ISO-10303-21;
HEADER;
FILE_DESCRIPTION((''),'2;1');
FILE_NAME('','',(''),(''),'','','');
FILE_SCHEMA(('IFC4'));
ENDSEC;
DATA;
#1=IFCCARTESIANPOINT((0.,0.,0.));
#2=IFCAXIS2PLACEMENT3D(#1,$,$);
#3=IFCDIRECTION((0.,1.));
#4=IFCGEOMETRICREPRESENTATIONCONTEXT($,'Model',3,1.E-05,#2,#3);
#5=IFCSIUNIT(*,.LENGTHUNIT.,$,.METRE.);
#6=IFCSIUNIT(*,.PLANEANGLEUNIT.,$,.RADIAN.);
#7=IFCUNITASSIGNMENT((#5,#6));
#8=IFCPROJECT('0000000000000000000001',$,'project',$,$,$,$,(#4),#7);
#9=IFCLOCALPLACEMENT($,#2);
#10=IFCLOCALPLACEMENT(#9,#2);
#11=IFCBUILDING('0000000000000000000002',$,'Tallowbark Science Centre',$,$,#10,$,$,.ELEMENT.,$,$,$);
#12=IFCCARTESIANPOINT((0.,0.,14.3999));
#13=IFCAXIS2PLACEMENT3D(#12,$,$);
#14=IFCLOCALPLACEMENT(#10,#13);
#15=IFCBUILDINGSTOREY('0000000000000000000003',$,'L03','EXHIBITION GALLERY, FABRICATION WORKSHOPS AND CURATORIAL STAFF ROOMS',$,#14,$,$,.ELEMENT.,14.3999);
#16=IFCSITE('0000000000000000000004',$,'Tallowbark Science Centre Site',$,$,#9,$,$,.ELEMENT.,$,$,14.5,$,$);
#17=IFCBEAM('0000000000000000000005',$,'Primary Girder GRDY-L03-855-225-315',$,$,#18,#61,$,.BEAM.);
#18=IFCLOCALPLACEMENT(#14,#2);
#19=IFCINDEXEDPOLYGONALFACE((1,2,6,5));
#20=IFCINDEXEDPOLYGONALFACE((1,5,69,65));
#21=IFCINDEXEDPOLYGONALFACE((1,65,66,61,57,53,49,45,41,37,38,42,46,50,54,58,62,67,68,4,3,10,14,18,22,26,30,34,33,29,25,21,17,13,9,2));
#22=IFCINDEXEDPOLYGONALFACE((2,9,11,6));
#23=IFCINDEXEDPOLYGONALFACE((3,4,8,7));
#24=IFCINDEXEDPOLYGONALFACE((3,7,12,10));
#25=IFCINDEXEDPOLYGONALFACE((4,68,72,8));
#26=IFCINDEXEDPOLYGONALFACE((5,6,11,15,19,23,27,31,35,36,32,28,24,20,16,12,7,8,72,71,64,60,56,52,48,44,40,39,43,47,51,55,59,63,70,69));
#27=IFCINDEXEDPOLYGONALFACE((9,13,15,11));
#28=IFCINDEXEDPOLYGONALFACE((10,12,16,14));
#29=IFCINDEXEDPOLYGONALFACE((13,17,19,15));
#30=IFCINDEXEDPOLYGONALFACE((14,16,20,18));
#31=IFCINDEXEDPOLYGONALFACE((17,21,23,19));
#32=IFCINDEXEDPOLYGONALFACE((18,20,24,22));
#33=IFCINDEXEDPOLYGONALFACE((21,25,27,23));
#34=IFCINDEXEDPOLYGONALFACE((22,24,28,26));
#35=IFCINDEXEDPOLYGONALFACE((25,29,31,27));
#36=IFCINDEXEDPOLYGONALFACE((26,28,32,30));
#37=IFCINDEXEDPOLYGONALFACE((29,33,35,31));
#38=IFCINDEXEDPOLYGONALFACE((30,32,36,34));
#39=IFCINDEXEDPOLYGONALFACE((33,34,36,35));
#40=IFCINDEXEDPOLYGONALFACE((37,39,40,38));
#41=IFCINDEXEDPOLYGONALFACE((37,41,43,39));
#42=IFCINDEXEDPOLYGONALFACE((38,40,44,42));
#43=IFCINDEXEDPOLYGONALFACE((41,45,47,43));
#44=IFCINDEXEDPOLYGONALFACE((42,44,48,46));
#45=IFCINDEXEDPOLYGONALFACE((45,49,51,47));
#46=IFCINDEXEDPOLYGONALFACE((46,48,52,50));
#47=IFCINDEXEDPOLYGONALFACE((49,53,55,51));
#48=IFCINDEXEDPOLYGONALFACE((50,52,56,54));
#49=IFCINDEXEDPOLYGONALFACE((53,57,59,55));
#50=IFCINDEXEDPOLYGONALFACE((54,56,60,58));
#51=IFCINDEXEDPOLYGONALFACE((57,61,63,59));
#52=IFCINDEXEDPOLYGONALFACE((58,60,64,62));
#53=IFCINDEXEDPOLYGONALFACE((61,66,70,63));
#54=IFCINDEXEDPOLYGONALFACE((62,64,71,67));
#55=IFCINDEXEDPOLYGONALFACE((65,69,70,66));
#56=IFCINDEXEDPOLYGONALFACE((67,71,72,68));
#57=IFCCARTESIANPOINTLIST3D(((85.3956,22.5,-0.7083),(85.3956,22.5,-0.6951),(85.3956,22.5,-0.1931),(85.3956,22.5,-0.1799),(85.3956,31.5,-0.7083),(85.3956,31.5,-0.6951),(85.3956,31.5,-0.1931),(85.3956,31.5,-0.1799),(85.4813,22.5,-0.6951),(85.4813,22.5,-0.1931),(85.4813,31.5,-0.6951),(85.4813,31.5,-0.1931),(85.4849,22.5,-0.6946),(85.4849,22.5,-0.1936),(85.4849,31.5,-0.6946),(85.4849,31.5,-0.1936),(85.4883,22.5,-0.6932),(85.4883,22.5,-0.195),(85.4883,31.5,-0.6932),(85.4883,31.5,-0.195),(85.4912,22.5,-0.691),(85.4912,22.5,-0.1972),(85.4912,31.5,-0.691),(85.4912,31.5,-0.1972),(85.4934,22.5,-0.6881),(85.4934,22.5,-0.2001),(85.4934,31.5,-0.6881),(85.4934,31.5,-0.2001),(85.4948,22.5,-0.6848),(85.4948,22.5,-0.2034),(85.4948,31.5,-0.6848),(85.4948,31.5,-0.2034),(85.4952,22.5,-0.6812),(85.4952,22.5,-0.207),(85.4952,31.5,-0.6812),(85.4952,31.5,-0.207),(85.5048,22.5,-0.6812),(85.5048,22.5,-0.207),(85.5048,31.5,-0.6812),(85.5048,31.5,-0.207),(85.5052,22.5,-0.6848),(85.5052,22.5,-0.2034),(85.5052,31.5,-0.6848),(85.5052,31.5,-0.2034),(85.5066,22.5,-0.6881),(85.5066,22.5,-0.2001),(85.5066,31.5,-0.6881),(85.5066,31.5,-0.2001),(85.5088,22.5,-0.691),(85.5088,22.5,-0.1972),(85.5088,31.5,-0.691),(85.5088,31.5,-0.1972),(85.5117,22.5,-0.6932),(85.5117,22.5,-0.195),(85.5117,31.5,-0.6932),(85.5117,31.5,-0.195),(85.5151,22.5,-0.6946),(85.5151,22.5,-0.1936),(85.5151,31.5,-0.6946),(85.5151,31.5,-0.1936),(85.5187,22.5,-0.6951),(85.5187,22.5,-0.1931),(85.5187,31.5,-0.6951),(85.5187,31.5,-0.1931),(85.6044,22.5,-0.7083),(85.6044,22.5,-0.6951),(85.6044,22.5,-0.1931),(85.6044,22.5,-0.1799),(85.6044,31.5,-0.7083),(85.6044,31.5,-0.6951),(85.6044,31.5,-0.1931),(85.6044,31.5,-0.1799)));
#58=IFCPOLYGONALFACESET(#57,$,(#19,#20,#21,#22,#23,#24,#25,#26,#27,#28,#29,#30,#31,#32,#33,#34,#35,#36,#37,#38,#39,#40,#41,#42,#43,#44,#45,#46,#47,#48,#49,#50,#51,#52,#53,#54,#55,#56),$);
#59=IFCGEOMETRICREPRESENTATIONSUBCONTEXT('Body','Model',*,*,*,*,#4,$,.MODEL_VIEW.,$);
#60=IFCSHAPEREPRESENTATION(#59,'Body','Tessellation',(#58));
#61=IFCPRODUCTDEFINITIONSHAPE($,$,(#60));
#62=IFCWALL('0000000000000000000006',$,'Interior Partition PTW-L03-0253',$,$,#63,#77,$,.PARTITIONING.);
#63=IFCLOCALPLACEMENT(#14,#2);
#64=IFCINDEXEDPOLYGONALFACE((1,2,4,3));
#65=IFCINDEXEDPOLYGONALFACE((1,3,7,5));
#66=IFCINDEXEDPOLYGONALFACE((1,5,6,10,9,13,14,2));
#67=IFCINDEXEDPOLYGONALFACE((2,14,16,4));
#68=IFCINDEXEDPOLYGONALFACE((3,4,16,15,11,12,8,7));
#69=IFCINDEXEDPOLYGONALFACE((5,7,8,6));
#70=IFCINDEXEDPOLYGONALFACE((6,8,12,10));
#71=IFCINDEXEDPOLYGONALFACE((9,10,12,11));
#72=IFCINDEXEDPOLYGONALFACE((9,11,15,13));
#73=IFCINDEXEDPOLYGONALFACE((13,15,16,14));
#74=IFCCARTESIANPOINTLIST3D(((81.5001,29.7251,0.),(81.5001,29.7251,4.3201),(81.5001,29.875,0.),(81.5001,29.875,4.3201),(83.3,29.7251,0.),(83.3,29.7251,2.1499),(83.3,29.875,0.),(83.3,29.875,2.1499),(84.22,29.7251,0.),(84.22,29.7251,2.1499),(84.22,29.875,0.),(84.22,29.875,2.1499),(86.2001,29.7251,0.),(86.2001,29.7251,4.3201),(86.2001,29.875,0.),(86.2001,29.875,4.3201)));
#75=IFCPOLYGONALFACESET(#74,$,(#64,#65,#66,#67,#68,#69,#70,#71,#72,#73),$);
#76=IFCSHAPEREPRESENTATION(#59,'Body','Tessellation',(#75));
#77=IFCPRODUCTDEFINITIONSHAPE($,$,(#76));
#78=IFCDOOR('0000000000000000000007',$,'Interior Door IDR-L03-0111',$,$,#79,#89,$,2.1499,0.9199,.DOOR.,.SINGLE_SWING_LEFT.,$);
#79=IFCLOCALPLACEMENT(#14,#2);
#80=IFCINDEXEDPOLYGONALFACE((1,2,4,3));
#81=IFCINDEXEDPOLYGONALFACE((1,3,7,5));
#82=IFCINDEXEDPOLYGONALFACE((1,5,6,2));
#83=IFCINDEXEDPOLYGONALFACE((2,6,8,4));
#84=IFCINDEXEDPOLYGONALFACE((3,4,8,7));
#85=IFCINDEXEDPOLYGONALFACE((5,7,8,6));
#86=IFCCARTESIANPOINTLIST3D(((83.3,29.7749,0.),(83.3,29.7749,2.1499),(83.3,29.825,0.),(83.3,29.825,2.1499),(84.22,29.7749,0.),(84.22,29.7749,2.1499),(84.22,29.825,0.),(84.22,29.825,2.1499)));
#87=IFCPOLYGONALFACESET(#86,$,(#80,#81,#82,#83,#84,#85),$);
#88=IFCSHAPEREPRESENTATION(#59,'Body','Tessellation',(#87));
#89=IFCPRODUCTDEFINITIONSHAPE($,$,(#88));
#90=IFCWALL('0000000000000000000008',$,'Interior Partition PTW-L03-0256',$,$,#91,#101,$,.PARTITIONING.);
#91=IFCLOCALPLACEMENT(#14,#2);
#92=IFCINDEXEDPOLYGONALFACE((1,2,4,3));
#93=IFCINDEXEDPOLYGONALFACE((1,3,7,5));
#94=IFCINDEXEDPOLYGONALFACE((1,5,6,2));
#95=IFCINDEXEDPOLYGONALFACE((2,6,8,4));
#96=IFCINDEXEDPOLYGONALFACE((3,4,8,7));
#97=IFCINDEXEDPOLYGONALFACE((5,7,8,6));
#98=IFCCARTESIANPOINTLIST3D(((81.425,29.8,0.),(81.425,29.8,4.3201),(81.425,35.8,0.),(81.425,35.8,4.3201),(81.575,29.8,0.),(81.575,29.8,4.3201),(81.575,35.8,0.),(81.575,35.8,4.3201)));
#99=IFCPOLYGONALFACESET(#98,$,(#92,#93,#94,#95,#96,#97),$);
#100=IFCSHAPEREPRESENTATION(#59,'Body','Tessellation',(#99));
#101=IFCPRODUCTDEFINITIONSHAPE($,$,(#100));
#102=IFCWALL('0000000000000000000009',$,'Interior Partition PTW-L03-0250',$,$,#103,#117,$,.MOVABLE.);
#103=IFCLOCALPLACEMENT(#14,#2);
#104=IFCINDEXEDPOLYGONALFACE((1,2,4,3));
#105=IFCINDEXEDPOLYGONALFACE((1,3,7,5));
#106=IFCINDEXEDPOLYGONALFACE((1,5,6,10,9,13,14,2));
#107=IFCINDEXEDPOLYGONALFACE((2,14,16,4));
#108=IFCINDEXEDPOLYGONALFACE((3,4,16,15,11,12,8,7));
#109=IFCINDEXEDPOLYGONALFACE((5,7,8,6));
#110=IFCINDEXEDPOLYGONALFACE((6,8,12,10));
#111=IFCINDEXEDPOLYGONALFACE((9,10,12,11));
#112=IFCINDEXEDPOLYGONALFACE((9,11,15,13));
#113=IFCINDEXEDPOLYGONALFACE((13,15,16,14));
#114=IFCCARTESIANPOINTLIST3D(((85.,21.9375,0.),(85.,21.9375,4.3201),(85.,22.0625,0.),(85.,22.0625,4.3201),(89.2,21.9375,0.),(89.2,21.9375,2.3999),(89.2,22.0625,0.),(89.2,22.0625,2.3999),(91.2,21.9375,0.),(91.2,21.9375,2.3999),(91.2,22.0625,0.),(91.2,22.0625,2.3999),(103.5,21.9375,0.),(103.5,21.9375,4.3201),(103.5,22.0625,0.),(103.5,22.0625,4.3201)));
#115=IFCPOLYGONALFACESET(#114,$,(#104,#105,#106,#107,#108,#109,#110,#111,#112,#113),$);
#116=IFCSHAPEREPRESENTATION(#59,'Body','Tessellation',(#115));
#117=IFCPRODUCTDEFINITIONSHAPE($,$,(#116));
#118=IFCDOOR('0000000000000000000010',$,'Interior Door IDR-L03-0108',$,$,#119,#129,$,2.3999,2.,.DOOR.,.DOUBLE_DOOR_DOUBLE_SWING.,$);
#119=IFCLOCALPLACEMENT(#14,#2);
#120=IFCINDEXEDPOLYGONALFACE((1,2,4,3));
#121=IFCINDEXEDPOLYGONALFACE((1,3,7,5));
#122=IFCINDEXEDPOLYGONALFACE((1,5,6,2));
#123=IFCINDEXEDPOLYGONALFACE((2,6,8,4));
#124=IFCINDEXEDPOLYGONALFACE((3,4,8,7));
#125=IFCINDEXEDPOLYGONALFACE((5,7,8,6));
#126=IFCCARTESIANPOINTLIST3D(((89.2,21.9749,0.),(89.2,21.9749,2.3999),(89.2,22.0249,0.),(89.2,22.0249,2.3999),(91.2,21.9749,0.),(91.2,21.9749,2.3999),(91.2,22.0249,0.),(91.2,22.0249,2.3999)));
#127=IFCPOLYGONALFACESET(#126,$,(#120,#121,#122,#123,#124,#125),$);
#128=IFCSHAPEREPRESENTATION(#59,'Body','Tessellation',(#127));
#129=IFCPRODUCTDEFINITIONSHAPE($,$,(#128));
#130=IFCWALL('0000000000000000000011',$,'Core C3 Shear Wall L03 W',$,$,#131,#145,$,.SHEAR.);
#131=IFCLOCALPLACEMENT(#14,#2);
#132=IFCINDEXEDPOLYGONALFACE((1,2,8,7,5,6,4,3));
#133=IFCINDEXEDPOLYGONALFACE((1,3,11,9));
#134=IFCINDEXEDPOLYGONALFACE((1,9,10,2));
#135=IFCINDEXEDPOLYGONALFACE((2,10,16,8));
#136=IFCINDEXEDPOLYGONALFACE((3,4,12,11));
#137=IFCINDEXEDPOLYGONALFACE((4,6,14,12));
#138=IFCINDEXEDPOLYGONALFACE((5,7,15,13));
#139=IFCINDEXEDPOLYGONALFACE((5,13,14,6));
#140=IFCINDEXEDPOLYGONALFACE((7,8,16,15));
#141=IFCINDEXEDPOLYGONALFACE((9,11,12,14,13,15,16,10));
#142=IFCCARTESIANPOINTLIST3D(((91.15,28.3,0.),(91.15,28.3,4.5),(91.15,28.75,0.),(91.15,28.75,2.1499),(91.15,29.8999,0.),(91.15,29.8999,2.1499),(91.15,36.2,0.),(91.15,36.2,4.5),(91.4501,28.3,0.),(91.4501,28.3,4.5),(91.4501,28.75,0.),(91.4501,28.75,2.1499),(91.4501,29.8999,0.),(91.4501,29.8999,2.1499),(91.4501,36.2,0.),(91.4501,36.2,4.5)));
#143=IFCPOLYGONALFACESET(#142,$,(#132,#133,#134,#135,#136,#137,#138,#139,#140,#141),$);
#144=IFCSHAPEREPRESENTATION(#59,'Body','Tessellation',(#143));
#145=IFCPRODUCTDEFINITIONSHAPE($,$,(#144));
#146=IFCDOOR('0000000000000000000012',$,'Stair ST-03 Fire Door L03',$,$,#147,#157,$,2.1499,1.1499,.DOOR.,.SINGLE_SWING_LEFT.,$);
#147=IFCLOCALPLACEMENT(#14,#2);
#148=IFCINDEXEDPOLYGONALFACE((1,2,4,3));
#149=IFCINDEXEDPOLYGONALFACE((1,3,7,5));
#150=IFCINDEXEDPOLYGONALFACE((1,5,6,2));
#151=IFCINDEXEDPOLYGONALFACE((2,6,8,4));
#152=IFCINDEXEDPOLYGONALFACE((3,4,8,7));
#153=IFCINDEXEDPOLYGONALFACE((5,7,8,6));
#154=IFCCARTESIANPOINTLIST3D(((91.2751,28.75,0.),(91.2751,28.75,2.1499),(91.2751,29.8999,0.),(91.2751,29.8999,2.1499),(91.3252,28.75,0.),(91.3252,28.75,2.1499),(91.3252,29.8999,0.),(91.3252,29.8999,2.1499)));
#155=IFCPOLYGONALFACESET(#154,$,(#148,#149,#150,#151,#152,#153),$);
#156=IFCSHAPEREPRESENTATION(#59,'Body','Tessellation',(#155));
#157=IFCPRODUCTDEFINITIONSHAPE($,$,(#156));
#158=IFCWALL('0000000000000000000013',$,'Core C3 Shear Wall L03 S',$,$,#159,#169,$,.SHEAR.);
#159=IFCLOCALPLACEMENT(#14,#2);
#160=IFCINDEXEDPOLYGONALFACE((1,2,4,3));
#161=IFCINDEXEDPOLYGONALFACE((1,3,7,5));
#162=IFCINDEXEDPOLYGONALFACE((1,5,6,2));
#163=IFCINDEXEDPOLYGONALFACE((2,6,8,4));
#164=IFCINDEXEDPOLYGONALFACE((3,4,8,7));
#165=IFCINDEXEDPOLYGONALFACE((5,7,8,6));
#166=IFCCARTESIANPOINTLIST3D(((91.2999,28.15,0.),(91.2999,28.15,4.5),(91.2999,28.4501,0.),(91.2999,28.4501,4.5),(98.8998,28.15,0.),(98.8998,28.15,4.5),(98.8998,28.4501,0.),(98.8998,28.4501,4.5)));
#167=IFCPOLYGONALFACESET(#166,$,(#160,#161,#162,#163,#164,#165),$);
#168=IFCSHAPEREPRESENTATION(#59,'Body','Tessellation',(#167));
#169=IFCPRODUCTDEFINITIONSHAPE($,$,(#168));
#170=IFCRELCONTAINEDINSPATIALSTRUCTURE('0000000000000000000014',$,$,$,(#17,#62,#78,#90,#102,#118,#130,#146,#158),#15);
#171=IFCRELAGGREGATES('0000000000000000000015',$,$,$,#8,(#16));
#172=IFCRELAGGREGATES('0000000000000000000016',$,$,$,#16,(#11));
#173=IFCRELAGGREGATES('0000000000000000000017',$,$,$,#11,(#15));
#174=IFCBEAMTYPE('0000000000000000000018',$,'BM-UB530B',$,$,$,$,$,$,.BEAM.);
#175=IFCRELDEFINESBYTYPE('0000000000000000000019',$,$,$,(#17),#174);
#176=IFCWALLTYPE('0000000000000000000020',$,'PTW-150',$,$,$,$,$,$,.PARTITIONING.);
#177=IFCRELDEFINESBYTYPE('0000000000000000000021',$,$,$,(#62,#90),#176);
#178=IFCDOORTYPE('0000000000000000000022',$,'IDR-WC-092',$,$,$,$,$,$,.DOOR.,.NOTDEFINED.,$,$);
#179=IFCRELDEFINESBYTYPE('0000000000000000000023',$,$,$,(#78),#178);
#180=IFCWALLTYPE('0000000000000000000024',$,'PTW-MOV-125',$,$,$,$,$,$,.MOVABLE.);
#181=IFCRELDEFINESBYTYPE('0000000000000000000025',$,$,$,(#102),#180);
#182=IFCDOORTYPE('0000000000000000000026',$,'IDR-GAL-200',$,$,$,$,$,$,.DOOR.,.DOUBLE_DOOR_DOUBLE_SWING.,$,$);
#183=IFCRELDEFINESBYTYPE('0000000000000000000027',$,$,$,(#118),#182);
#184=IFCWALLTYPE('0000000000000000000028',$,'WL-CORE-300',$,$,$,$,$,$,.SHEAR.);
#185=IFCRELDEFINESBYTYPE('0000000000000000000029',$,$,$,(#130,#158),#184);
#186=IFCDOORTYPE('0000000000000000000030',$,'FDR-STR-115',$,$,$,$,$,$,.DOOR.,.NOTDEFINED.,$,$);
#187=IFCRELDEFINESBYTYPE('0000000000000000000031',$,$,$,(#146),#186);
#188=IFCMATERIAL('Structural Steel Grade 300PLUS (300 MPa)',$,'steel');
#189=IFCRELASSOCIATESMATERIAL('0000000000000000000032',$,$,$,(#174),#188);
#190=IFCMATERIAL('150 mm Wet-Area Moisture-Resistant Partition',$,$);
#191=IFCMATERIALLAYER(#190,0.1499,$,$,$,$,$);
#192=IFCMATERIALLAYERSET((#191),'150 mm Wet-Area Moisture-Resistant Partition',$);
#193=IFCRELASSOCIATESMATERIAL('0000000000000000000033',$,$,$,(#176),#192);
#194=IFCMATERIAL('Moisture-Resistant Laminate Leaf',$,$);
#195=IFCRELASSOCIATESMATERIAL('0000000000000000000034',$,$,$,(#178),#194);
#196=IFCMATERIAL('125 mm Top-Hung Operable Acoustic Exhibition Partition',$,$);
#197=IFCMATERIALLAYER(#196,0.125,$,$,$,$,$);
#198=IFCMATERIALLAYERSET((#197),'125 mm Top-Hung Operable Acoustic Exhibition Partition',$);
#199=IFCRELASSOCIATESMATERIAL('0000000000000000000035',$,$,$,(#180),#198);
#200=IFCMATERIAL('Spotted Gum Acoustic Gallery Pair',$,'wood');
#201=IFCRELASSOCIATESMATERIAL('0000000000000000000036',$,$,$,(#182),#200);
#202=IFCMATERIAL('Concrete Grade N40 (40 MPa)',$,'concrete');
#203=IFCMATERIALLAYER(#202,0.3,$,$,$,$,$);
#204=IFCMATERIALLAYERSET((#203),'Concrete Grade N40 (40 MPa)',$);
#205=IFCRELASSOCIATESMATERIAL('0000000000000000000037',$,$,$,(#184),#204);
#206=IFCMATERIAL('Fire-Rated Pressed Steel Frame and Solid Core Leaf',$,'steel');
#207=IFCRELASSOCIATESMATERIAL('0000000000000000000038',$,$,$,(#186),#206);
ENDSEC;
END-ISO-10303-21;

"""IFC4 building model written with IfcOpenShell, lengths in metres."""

from ifc_helpers import new_model, si_unit, direction, frame, frame_2d, origin, origin_2d, place, context, subcontext, project, spatial, rectangle, i_section, extrude, material, layer, layer_set, material_profile, profile_set, type_object, element, fill, save


model = new_model("IFC4")

# Units and contexts
model_context = context("Model", 3, precision=1e-05, world=origin(), true_north=direction((0.0, 1.0)))
body_context = subcontext(model_context, "Body", "Model", "MODEL_VIEW")
ifc_project = project(units=[si_unit("LENGTHUNIT", "METRE"), si_unit("PLANEANGLEUNIT", "RADIAN")], contexts=[model_context])

# Site, building, storey
site_placement = place(None, origin())
site = spatial("IfcSite", under=ifc_project, at=site_placement, Name="Tallowbark Science Centre Site", CompositionType="ELEMENT", RefElevation=14.5)
building_placement = place(site_placement, origin())
building = spatial("IfcBuilding", under=site, at=building_placement, Name="Tallowbark Science Centre", CompositionType="ELEMENT")
storey_placement = place(building_placement, frame((0.0, 0.0, 14.3999)))
storey = spatial("IfcBuildingStorey", under=building, at=storey_placement, Name="L03", Description="EXHIBITION GALLERY, FABRICATION WORKSHOPS AND CURATORIAL STAFF ROOMS", CompositionType="ELEMENT", Elevation=14.3999)

# Shared definitions
ifc_material_1 = material(Name="Structural Steel Grade 300PLUS (300 MPa)", Category="steel")

# Beam
ifc_material_2 = material(Name="Concrete Grade N40 (40 MPa)", Category="concrete")
ifc_material_profile_1 = material_profile(ifc_material_1, i_section(OverallWidth=0.2087, OverallDepth=0.5283, WebThickness=0.0095, FlangeThickness=0.0132, FilletRadius=0.0139, at=origin_2d()), Name="530UB82.0")
ifc_profile_set_1 = profile_set([ifc_material_profile_1], Name="Structural Steel Grade 300PLUS (300 MPa)")
beam_type_1 = type_object("IfcBeamType", Name="BM-UB530B", PredefinedType="BEAM", material=ifc_profile_set_1)
for number, where, z_axis, x_axis, name in (
    (1, (85.5, 22.5, -0.4441), (0.0, 1.0, 0.0), (-1.0, 0.0, 0.0), "Primary Girder GRDY-L03-855-225-315"),
):
    element("IfcBeam", number, at=place(storey_placement, frame(where, z_axis=z_axis, x_axis=x_axis)), inside=storey, type_object=beam_type_1, Name=name, PredefinedType="BEAM", context=body_context, shape_type="SweptSolid", body=[
        extrude(i_section(OverallWidth=0.2087, OverallDepth=0.5283, WebThickness=0.0095, FlangeThickness=0.0132, FilletRadius=0.0139, at=origin_2d()), origin(), (0.0, 0.0, 1.0), 9.0),
    ])

# Wall, opening, door
ifc_material_3 = material(Name="150 mm Wet-Area Moisture-Resistant Partition")
ifc_layer_1 = layer(ifc_material_3, 0.1499)
ifc_layer_set_1 = layer_set([ifc_layer_1], Name="150 mm Wet-Area Moisture-Resistant Partition")
wall_type_1 = type_object("IfcWallType", Name="PTW-150", PredefinedType="PARTITIONING", material=ifc_layer_set_1)
wall_1_placement = place(storey_placement, frame((81.5, 29.8, 0.0), z_axis=(0.0, 0.0, 1.0), x_axis=(1.0, 0.0, 0.0)))
wall_1 = element("IfcWall", 2, at=wall_1_placement, inside=storey, type_object=wall_type_1, Name="Interior Partition PTW-L03-0253", PredefinedType="PARTITIONING", context=body_context, shape_type="SweptSolid", body=[
    extrude(rectangle(XDim=4.7, YDim=0.1499, at=frame_2d((2.3501, 0.0))), origin(), (0.0, 0.0, 1.0), 4.3201),
])
opening_1_placement = place(wall_1_placement, frame((1.8, 0.0, 0.0)))
opening_1 = element("IfcOpeningElement", 3, at=opening_1_placement, cuts=wall_1, PredefinedType="OPENING", context=body_context, shape_type="SweptSolid", body=[
    extrude(rectangle(XDim=0.9199, YDim=2.1499, at=frame_2d((0.46, 1.075))), frame((0.0, 0.085, 0.0), z_axis=(0.0, -1.0, 0.0), x_axis=(1.0, 0.0, 0.0)), (0.0, 0.0, 1.0), 0.1699),
])
ifc_material_4 = material(Name="Moisture-Resistant Laminate Leaf")
door_type_1 = type_object("IfcDoorType", Name="IDR-WC-092", OperationType="NOTDEFINED", PredefinedType="DOOR", material=ifc_material_4)
door_1_placement = place(opening_1_placement, origin())
door_1 = element("IfcDoor", 4, at=door_1_placement, inside=storey, type_object=door_type_1, Name="Interior Door IDR-L03-0111", OperationType="SINGLE_SWING_LEFT", OverallHeight=2.1499, OverallWidth=0.9199, PredefinedType="DOOR", context=body_context, shape_type="SweptSolid", body=[
    extrude(rectangle(XDim=0.9199, YDim=2.1499, at=frame_2d((0.46, 1.075))), frame((0.0, 0.0249, 0.0), z_axis=(0.0, -1.0, 0.0), x_axis=(1.0, 0.0, 0.0)), (0.0, 0.0, 1.0), 0.05),
])
fill(opening_1, door_1)

# Wall
wall_2_placement = place(storey_placement, frame((81.5, 29.8, 0.0), z_axis=(0.0, 0.0, 1.0), x_axis=(0.0, 1.0, 0.0)))
element("IfcWall", 5, at=wall_2_placement, inside=storey, type_object=wall_type_1, Name="Interior Partition PTW-L03-0256", PredefinedType="PARTITIONING", context=body_context, shape_type="SweptSolid", body=[
    extrude(rectangle(XDim=6.0, YDim=0.1499, at=frame_2d((3.0, 0.0))), origin(), (0.0, 0.0, 1.0), 4.3201),
])

# Walls, openings, doors
ifc_material_5 = material(Name="125 mm Top-Hung Operable Acoustic Exhibition Partition")
ifc_layer_2 = layer(ifc_material_5, 0.125)
ifc_layer_set_2 = layer_set([ifc_layer_2], Name="125 mm Top-Hung Operable Acoustic Exhibition Partition")
wall_type_2 = type_object("IfcWallType", Name="PTW-MOV-125", PredefinedType="MOVABLE", material=ifc_layer_set_2)
wall_3_placement = place(storey_placement, frame((85.0, 22.0, 0.0), z_axis=(0.0, 0.0, 1.0), x_axis=(1.0, 0.0, 0.0)))
wall_3 = element("IfcWall", 6, at=wall_3_placement, inside=storey, type_object=wall_type_2, Name="Interior Partition PTW-L03-0250", PredefinedType="MOVABLE", context=body_context, shape_type="SweptSolid", body=[
    extrude(rectangle(XDim=18.5, YDim=0.125, at=frame_2d((9.25, 0.0))), origin(), (0.0, 0.0, 1.0), 4.3201),
])
opening_2_placement = place(wall_3_placement, frame((4.2, 0.0, 0.0)))
opening_2 = element("IfcOpeningElement", 7, at=opening_2_placement, cuts=wall_3, PredefinedType="OPENING", context=body_context, shape_type="SweptSolid", body=[
    extrude(rectangle(XDim=2.0, YDim=2.3999, at=frame_2d((1.0, 1.2))), frame((0.0, 0.0725, 0.0), z_axis=(0.0, -1.0, 0.0), x_axis=(1.0, 0.0, 0.0)), (0.0, 0.0, 1.0), 0.145),
])
ifc_material_6 = material(Name="Spotted Gum Acoustic Gallery Pair", Category="wood")
door_type_2 = type_object("IfcDoorType", Name="IDR-GAL-200", OperationType="DOUBLE_DOOR_DOUBLE_SWING", PredefinedType="DOOR", material=ifc_material_6)
door_2_placement = place(opening_2_placement, origin())
door_2 = element("IfcDoor", 8, at=door_2_placement, inside=storey, type_object=door_type_2, Name="Interior Door IDR-L03-0108", OperationType="DOUBLE_DOOR_DOUBLE_SWING", OverallHeight=2.3999, OverallWidth=2.0, PredefinedType="DOOR", context=body_context, shape_type="SweptSolid", body=[
    extrude(rectangle(XDim=2.0, YDim=2.3999, at=frame_2d((1.0, 1.2))), frame((0.0, 0.0249, 0.0), z_axis=(0.0, -1.0, 0.0), x_axis=(1.0, 0.0, 0.0)), (0.0, 0.0, 1.0), 0.05),
])
fill(opening_2, door_2)
ifc_layer_3 = layer(ifc_material_2, 0.3)
ifc_layer_set_3 = layer_set([ifc_layer_3], Name="Concrete Grade N40 (40 MPa)")
wall_type_3 = type_object("IfcWallType", Name="WL-CORE-300", PredefinedType="SHEAR", material=ifc_layer_set_3)
wall_4_placement = place(storey_placement, frame((91.3, 28.3, 0.0), z_axis=(0.0, 0.0, 1.0), x_axis=(0.0, 1.0, 0.0)))
wall_4 = element("IfcWall", 9, at=wall_4_placement, inside=storey, type_object=wall_type_3, Name="Core C3 Shear Wall L03 W", PredefinedType="SHEAR", context=body_context, shape_type="SweptSolid", body=[
    extrude(rectangle(XDim=7.8999, YDim=0.3, at=frame_2d((3.95, 0.0))), origin(), (0.0, 0.0, 1.0), 4.5),
])
opening_3_placement = place(wall_4_placement, frame((0.45, 0.0, 0.0)))
opening_3 = element("IfcOpeningElement", 10, at=opening_3_placement, cuts=wall_4, PredefinedType="OPENING", context=body_context, shape_type="SweptSolid", body=[
    extrude(rectangle(XDim=1.1499, YDim=2.1499, at=frame_2d((0.575, 1.075))), frame((0.0, 0.1602, 0.0), z_axis=(0.0, -1.0, 0.0), x_axis=(1.0, 0.0, 0.0)), (0.0, 0.0, 1.0), 0.3201),
])
ifc_material_7 = material(Name="Fire-Rated Pressed Steel Frame and Solid Core Leaf", Category="steel")
door_type_3 = type_object("IfcDoorType", Name="FDR-STR-115", OperationType="NOTDEFINED", PredefinedType="DOOR", material=ifc_material_7)
door_3_placement = place(opening_3_placement, origin())
door_3 = element("IfcDoor", 11, at=door_3_placement, inside=storey, type_object=door_type_3, Name="Stair ST-03 Fire Door L03", OperationType="SINGLE_SWING_LEFT", OverallHeight=2.1499, OverallWidth=1.1499, PredefinedType="DOOR", context=body_context, shape_type="SweptSolid", body=[
    extrude(rectangle(XDim=1.1499, YDim=2.1499, at=frame_2d((0.575, 1.075))), frame((0.0, 0.0249, 0.0), z_axis=(0.0, -1.0, 0.0), x_axis=(1.0, 0.0, 0.0)), (0.0, 0.0, 1.0), 0.05),
])
fill(opening_3, door_3)

# Wall
wall_5_placement = place(storey_placement, frame((91.3, 28.3, 0.0), z_axis=(0.0, 0.0, 1.0), x_axis=(1.0, 0.0, 0.0)))
element("IfcWall", 12, at=wall_5_placement, inside=storey, type_object=wall_type_3, Name="Core C3 Shear Wall L03 S", PredefinedType="SHEAR", context=body_context, shape_type="SweptSolid", body=[
    extrude(rectangle(XDim=7.5999, YDim=0.3, at=frame_2d((3.7998, 0.0))), origin(), (0.0, 0.0, 1.0), 4.5),
])

save(model, "model.ifc")
